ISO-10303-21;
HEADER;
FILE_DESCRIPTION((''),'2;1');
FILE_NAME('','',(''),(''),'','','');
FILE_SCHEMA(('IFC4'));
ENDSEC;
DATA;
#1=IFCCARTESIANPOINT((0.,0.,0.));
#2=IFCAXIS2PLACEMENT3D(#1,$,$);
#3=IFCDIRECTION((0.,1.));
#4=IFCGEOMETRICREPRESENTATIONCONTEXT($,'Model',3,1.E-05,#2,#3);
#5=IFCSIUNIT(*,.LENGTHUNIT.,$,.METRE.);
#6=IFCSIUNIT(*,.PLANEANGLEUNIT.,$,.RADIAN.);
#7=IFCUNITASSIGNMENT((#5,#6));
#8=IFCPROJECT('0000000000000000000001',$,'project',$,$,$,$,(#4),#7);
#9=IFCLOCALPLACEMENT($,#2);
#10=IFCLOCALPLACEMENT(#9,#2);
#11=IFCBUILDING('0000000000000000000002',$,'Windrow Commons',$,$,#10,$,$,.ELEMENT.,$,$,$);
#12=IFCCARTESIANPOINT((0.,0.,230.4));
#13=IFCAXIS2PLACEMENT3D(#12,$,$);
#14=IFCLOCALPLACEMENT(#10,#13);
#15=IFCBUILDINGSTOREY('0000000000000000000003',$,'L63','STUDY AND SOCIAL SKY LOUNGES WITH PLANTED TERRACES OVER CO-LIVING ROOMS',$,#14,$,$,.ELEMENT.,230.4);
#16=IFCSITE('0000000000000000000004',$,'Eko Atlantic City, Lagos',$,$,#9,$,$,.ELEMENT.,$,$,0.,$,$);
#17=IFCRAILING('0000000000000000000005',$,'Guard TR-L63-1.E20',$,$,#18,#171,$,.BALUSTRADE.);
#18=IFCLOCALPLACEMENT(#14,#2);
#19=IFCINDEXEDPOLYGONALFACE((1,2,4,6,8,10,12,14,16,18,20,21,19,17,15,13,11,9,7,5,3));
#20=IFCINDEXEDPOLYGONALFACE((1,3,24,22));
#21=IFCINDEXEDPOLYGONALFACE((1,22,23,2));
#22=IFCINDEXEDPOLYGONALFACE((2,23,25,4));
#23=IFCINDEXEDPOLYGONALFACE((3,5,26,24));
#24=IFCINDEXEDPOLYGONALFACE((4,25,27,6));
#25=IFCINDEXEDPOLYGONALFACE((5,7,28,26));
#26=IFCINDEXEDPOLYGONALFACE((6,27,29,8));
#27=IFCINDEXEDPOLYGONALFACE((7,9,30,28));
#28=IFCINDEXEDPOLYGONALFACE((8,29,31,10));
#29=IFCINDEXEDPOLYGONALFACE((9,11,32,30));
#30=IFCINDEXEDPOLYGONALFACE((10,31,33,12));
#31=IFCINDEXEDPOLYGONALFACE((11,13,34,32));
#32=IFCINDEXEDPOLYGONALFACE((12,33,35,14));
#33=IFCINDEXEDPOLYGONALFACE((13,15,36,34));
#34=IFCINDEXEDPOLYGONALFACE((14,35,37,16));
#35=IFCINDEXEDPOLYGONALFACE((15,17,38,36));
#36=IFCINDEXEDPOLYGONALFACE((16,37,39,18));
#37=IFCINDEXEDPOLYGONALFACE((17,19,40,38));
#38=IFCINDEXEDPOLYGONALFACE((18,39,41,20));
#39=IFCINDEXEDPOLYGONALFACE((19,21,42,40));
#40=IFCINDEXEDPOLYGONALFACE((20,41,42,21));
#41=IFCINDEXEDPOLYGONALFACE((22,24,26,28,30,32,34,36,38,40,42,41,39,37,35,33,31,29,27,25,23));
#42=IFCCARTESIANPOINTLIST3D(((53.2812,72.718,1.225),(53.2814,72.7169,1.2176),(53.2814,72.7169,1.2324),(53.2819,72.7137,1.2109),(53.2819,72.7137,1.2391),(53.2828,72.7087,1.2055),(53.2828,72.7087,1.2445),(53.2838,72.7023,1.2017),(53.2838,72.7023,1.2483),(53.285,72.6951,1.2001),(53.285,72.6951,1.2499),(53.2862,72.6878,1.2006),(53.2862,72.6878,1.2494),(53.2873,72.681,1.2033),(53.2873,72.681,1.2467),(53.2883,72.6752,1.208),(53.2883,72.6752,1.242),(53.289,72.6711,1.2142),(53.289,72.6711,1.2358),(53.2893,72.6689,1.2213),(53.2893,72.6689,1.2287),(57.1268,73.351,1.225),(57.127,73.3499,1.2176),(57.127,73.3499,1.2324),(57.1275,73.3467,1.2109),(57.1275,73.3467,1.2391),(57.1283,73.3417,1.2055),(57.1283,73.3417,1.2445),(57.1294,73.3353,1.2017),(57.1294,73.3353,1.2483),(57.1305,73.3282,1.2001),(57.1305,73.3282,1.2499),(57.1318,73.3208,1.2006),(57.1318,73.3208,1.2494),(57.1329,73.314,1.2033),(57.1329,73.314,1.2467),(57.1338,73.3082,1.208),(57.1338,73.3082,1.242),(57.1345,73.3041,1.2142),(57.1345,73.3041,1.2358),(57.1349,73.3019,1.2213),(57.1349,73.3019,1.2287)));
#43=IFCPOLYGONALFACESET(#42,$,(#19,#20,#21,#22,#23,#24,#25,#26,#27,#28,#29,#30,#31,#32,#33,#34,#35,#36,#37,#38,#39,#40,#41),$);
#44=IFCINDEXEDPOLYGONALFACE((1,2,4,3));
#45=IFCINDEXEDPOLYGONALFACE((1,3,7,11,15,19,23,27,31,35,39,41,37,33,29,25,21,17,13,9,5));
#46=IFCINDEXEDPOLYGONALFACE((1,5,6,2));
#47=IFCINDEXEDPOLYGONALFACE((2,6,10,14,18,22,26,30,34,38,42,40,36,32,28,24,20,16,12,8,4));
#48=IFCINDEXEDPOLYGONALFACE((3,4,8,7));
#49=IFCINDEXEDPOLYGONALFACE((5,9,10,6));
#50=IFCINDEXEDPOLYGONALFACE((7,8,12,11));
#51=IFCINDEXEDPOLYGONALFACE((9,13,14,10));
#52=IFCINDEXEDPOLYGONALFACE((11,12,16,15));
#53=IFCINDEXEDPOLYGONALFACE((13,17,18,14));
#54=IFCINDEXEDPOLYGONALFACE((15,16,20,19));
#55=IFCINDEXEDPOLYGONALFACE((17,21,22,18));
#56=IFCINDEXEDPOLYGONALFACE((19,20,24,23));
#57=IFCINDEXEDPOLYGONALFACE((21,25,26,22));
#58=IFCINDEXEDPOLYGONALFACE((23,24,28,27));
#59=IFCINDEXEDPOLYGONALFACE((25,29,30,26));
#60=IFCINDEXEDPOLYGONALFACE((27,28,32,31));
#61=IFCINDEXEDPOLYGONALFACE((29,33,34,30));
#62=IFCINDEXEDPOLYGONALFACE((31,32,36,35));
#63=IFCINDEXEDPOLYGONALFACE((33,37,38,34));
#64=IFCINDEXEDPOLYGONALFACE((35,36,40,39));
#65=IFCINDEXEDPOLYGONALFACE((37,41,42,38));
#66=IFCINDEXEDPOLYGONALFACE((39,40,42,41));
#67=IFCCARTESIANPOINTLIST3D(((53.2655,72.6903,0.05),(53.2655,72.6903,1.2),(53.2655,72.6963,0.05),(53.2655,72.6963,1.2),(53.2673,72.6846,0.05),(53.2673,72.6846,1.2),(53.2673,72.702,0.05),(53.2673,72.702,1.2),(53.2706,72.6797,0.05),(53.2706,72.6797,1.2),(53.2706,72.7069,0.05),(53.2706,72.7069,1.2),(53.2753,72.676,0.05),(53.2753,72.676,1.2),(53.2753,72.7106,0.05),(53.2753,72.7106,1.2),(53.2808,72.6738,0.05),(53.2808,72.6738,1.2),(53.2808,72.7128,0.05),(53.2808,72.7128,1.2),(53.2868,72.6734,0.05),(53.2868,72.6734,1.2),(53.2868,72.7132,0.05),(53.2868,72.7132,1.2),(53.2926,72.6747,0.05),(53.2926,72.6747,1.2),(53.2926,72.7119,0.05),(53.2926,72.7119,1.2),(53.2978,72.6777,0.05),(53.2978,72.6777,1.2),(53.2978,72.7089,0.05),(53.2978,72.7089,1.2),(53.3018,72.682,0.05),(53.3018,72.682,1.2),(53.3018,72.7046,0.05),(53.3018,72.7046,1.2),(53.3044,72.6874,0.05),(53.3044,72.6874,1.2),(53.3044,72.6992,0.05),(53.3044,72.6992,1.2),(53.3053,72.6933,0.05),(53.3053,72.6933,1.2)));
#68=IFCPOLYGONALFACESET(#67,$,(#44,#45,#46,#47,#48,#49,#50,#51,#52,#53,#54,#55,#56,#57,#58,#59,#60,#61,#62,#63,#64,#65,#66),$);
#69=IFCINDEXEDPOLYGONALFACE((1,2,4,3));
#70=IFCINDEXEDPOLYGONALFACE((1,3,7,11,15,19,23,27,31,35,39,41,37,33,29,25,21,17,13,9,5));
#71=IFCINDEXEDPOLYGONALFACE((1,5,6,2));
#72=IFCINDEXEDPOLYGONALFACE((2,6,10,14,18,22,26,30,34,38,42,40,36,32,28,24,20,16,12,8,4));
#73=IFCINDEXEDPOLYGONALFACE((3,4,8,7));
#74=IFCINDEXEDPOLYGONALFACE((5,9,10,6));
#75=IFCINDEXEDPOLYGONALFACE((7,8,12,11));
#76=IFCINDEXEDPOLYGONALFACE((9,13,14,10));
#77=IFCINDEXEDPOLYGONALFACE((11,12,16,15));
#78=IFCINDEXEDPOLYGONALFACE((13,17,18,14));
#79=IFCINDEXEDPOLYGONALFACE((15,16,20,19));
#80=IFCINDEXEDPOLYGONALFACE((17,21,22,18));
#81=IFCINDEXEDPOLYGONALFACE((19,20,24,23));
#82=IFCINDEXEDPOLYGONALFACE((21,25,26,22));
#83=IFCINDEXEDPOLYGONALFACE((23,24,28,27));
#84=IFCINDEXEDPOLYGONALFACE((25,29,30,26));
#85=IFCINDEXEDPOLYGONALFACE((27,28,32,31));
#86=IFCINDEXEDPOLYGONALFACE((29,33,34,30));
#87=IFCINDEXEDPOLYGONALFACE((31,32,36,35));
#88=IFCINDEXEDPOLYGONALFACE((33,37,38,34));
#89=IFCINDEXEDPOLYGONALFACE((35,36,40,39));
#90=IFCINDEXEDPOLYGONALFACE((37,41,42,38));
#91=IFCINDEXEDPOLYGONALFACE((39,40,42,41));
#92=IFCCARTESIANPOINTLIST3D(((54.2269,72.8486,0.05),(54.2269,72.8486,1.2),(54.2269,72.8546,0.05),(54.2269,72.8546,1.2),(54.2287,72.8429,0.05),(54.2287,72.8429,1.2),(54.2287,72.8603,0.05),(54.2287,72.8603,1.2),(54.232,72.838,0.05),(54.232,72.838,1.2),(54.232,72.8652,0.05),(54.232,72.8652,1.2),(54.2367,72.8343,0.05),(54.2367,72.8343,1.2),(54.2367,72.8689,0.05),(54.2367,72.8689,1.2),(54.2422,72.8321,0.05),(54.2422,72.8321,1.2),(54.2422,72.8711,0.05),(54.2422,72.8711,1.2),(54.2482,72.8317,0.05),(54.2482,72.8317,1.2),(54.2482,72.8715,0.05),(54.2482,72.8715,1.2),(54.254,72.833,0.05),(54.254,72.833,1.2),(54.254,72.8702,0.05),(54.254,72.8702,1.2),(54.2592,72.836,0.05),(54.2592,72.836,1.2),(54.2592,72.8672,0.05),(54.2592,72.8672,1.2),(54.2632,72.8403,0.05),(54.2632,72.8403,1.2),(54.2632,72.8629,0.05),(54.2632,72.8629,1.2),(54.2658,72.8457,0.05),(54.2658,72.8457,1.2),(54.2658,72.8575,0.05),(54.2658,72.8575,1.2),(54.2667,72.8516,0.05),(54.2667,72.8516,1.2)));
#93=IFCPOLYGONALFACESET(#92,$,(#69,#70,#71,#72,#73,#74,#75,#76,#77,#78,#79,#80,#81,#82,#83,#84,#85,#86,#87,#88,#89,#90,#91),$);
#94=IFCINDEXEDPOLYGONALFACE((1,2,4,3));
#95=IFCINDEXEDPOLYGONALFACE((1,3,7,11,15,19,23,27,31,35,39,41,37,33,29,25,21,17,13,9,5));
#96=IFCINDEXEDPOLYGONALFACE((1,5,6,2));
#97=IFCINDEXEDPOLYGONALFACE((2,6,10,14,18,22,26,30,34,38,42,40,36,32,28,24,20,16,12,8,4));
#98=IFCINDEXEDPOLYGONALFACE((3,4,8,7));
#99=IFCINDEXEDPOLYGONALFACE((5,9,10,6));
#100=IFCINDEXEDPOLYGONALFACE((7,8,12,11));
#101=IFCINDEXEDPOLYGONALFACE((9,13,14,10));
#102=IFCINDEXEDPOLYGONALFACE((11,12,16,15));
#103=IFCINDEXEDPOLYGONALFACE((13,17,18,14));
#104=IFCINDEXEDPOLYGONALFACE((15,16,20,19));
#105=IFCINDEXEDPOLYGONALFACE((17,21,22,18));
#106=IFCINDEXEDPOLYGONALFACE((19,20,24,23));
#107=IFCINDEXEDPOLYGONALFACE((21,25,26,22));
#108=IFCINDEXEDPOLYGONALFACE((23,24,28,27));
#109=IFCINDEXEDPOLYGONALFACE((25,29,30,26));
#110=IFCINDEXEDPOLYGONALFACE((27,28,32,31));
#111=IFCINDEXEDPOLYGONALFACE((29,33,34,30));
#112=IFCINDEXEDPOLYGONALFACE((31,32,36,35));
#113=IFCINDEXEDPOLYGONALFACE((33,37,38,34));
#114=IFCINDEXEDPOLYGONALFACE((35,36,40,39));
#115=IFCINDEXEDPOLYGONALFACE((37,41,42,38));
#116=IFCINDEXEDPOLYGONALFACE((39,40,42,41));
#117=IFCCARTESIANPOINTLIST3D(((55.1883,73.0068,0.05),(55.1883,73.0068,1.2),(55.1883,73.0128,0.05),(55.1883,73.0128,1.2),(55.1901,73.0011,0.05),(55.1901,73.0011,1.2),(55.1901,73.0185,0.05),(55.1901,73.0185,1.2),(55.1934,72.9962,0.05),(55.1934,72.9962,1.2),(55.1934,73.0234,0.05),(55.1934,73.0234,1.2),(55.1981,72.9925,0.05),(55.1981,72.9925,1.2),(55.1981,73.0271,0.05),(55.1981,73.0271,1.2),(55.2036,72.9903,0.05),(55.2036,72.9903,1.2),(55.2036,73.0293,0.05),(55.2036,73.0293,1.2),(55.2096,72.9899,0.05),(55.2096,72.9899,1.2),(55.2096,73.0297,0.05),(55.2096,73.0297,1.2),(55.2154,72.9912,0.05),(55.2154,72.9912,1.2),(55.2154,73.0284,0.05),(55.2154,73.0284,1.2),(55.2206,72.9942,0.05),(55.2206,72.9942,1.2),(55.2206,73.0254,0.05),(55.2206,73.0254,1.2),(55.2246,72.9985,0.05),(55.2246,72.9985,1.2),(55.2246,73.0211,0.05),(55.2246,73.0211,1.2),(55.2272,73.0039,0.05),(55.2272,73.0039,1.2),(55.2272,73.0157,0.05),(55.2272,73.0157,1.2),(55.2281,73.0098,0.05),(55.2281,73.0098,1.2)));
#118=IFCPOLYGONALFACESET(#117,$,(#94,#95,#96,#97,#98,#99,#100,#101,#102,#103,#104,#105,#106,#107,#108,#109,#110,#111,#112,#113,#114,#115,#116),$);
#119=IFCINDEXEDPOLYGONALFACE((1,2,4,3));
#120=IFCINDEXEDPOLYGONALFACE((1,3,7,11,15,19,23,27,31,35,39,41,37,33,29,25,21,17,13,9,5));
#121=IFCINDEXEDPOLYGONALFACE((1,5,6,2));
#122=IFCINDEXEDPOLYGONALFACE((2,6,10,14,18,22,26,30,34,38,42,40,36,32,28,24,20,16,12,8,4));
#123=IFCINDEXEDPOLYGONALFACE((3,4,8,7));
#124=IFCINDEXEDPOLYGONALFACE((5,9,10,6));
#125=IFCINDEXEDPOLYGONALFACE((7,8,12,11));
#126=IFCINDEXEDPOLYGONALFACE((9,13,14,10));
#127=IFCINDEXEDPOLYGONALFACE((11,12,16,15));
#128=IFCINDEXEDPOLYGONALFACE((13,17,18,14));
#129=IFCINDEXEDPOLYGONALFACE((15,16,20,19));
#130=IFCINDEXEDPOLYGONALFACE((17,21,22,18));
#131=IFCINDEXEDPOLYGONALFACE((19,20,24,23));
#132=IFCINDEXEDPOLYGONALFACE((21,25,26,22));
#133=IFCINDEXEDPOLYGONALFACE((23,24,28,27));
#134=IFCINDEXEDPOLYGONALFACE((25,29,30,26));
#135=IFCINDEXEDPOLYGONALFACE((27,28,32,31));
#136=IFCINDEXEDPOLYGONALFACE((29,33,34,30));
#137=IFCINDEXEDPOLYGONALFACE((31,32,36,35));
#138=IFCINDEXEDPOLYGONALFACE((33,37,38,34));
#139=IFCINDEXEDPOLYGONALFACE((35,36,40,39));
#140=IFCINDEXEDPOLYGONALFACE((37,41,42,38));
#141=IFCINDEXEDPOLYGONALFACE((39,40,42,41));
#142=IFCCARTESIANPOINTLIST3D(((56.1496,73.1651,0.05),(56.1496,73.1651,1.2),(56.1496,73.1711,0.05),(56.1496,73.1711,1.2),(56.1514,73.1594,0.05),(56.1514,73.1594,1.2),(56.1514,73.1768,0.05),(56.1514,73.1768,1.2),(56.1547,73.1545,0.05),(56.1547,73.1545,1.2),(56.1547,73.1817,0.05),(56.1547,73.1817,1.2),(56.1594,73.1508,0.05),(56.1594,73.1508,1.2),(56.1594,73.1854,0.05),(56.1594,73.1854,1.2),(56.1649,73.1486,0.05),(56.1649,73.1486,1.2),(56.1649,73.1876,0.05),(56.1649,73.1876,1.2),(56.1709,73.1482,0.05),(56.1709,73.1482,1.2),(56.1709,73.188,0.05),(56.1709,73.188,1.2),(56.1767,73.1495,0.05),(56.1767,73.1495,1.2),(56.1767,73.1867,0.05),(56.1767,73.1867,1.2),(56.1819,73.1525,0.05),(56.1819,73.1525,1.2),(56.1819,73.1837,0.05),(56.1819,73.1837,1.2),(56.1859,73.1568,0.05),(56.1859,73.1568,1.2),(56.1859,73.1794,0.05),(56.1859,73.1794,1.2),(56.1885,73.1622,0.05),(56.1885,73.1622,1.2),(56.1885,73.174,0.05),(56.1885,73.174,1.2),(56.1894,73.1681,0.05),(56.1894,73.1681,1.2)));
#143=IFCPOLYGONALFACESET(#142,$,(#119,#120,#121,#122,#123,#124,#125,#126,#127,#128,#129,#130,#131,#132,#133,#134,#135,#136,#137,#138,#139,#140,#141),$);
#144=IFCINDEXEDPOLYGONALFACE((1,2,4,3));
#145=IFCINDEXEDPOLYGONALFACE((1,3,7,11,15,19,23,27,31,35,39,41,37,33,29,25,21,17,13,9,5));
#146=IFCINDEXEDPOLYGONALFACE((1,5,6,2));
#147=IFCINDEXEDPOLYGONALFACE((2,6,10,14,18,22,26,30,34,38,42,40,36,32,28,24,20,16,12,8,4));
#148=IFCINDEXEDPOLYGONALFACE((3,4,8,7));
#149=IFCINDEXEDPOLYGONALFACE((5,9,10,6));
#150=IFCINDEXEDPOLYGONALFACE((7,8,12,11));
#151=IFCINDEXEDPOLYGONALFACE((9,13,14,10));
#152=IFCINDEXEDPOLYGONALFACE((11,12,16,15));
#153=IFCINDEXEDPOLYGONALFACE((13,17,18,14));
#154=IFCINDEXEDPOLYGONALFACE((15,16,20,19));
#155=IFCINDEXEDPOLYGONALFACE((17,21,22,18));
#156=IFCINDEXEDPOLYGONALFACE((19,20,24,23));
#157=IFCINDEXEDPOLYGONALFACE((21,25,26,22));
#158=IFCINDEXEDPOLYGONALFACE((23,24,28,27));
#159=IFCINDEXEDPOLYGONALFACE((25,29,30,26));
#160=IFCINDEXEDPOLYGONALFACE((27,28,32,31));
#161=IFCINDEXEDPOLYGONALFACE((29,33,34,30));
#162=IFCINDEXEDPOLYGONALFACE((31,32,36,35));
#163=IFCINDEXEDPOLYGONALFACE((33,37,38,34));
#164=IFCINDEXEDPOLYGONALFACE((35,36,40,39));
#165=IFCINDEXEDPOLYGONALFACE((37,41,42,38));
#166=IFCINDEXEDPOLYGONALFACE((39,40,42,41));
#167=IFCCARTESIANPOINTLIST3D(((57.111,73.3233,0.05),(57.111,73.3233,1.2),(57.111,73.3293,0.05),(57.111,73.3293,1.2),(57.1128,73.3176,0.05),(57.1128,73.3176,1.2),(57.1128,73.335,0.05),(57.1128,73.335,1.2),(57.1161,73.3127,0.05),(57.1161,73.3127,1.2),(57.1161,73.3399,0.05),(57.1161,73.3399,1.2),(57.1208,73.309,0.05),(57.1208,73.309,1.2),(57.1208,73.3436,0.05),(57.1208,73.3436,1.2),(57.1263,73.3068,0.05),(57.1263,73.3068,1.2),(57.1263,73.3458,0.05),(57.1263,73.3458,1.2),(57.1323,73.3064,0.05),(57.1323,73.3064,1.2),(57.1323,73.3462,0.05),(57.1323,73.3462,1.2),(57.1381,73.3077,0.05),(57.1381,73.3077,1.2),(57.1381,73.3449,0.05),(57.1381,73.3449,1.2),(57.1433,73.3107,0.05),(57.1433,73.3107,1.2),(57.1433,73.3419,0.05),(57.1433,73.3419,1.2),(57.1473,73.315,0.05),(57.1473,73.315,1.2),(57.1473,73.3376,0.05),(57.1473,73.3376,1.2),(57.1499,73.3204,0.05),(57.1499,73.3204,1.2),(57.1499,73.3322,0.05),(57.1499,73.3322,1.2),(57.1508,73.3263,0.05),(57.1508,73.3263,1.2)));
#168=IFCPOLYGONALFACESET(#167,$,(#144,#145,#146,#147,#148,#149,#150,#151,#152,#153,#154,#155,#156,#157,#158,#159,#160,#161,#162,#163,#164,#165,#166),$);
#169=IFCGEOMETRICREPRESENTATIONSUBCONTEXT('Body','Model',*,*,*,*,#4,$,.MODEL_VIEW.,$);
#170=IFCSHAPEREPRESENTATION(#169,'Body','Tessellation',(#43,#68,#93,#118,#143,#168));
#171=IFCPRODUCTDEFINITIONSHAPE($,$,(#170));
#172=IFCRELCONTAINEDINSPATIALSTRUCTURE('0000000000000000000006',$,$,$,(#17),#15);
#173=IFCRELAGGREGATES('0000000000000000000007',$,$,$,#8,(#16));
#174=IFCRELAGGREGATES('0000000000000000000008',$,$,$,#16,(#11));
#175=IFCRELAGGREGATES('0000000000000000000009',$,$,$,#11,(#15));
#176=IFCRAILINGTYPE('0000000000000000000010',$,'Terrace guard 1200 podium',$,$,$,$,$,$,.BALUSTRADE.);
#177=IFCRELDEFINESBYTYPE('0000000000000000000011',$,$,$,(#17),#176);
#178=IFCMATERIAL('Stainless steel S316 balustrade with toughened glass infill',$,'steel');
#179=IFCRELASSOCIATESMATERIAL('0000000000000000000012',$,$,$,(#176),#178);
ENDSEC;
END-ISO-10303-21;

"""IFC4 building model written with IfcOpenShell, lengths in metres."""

from ifc_helpers import new_model, si_unit, direction, frame, origin, origin_2d, place, context, subcontext, project, spatial, circle, extrude, material, type_object, element, save


model = new_model("IFC4")

# Units and contexts
model_context = context("Model", 3, precision=1e-05, world=origin(), true_north=direction((0.0, 1.0)))
body_context = subcontext(model_context, "Body", "Model", "MODEL_VIEW")
ifc_project = project(units=[si_unit("LENGTHUNIT", "METRE"), si_unit("PLANEANGLEUNIT", "RADIAN")], contexts=[model_context])

# Site, building, storey
site_placement = place(None, origin())
site = spatial("IfcSite", under=ifc_project, at=site_placement, Name="Eko Atlantic City, Lagos", CompositionType="ELEMENT", RefElevation=0.0)
building_placement = place(site_placement, origin())
building = spatial("IfcBuilding", under=site, at=building_placement, Name="Windrow Commons", CompositionType="ELEMENT")
storey_placement = place(building_placement, frame((0.0, 0.0, 230.4)))
storey = spatial("IfcBuildingStorey", under=building, at=storey_placement, Name="L63", Description="STUDY AND SOCIAL SKY LOUNGES WITH PLANTED TERRACES OVER CO-LIVING ROOMS", CompositionType="ELEMENT", Elevation=230.4)

# Railing
ifc_material_1 = material(Name="Stainless steel S316 balustrade with toughened glass infill", Category="steel")
railing_type = type_object("IfcRailingType", Name="Terrace guard 1200 podium", PredefinedType="BALUSTRADE", material=ifc_material_1)
railing_1_placement = place(storey_placement, frame((53.2853, 72.6933, 0.05)))
element("IfcRailing", 1, at=railing_1_placement, inside=storey, type_object=railing_type, Name="Guard TR-L63-1.E20", PredefinedType="BALUSTRADE", context=body_context, shape_type="SweptSolid", body=[
    extrude(circle(Radius=0.025, at=origin_2d()), frame((0.0, 0.0, 1.175), z_axis=(0.986721, 0.162422, 0.0), x_axis=(-0.162422, 0.986721, 0.0)), (0.0, 0.0, 1.0), 3.8973),
    extrude(circle(Radius=0.02, at=origin_2d()), origin(), (0.0, 0.0, 1.0), 1.15),
    extrude(circle(Radius=0.02, at=origin_2d()), frame((0.9614, 0.1583, 0.0)), (0.0, 0.0, 1.0), 1.15),
    extrude(circle(Radius=0.02, at=origin_2d()), frame((1.9228, 0.3165, 0.0)), (0.0, 0.0, 1.0), 1.15),
    extrude(circle(Radius=0.02, at=origin_2d()), frame((2.8841, 0.4748, 0.0)), (0.0, 0.0, 1.0), 1.15),
    extrude(circle(Radius=0.02, at=origin_2d()), frame((3.8455, 0.633, 0.0)), (0.0, 0.0, 1.0), 1.15),
])

save(model, "model.ifc")
